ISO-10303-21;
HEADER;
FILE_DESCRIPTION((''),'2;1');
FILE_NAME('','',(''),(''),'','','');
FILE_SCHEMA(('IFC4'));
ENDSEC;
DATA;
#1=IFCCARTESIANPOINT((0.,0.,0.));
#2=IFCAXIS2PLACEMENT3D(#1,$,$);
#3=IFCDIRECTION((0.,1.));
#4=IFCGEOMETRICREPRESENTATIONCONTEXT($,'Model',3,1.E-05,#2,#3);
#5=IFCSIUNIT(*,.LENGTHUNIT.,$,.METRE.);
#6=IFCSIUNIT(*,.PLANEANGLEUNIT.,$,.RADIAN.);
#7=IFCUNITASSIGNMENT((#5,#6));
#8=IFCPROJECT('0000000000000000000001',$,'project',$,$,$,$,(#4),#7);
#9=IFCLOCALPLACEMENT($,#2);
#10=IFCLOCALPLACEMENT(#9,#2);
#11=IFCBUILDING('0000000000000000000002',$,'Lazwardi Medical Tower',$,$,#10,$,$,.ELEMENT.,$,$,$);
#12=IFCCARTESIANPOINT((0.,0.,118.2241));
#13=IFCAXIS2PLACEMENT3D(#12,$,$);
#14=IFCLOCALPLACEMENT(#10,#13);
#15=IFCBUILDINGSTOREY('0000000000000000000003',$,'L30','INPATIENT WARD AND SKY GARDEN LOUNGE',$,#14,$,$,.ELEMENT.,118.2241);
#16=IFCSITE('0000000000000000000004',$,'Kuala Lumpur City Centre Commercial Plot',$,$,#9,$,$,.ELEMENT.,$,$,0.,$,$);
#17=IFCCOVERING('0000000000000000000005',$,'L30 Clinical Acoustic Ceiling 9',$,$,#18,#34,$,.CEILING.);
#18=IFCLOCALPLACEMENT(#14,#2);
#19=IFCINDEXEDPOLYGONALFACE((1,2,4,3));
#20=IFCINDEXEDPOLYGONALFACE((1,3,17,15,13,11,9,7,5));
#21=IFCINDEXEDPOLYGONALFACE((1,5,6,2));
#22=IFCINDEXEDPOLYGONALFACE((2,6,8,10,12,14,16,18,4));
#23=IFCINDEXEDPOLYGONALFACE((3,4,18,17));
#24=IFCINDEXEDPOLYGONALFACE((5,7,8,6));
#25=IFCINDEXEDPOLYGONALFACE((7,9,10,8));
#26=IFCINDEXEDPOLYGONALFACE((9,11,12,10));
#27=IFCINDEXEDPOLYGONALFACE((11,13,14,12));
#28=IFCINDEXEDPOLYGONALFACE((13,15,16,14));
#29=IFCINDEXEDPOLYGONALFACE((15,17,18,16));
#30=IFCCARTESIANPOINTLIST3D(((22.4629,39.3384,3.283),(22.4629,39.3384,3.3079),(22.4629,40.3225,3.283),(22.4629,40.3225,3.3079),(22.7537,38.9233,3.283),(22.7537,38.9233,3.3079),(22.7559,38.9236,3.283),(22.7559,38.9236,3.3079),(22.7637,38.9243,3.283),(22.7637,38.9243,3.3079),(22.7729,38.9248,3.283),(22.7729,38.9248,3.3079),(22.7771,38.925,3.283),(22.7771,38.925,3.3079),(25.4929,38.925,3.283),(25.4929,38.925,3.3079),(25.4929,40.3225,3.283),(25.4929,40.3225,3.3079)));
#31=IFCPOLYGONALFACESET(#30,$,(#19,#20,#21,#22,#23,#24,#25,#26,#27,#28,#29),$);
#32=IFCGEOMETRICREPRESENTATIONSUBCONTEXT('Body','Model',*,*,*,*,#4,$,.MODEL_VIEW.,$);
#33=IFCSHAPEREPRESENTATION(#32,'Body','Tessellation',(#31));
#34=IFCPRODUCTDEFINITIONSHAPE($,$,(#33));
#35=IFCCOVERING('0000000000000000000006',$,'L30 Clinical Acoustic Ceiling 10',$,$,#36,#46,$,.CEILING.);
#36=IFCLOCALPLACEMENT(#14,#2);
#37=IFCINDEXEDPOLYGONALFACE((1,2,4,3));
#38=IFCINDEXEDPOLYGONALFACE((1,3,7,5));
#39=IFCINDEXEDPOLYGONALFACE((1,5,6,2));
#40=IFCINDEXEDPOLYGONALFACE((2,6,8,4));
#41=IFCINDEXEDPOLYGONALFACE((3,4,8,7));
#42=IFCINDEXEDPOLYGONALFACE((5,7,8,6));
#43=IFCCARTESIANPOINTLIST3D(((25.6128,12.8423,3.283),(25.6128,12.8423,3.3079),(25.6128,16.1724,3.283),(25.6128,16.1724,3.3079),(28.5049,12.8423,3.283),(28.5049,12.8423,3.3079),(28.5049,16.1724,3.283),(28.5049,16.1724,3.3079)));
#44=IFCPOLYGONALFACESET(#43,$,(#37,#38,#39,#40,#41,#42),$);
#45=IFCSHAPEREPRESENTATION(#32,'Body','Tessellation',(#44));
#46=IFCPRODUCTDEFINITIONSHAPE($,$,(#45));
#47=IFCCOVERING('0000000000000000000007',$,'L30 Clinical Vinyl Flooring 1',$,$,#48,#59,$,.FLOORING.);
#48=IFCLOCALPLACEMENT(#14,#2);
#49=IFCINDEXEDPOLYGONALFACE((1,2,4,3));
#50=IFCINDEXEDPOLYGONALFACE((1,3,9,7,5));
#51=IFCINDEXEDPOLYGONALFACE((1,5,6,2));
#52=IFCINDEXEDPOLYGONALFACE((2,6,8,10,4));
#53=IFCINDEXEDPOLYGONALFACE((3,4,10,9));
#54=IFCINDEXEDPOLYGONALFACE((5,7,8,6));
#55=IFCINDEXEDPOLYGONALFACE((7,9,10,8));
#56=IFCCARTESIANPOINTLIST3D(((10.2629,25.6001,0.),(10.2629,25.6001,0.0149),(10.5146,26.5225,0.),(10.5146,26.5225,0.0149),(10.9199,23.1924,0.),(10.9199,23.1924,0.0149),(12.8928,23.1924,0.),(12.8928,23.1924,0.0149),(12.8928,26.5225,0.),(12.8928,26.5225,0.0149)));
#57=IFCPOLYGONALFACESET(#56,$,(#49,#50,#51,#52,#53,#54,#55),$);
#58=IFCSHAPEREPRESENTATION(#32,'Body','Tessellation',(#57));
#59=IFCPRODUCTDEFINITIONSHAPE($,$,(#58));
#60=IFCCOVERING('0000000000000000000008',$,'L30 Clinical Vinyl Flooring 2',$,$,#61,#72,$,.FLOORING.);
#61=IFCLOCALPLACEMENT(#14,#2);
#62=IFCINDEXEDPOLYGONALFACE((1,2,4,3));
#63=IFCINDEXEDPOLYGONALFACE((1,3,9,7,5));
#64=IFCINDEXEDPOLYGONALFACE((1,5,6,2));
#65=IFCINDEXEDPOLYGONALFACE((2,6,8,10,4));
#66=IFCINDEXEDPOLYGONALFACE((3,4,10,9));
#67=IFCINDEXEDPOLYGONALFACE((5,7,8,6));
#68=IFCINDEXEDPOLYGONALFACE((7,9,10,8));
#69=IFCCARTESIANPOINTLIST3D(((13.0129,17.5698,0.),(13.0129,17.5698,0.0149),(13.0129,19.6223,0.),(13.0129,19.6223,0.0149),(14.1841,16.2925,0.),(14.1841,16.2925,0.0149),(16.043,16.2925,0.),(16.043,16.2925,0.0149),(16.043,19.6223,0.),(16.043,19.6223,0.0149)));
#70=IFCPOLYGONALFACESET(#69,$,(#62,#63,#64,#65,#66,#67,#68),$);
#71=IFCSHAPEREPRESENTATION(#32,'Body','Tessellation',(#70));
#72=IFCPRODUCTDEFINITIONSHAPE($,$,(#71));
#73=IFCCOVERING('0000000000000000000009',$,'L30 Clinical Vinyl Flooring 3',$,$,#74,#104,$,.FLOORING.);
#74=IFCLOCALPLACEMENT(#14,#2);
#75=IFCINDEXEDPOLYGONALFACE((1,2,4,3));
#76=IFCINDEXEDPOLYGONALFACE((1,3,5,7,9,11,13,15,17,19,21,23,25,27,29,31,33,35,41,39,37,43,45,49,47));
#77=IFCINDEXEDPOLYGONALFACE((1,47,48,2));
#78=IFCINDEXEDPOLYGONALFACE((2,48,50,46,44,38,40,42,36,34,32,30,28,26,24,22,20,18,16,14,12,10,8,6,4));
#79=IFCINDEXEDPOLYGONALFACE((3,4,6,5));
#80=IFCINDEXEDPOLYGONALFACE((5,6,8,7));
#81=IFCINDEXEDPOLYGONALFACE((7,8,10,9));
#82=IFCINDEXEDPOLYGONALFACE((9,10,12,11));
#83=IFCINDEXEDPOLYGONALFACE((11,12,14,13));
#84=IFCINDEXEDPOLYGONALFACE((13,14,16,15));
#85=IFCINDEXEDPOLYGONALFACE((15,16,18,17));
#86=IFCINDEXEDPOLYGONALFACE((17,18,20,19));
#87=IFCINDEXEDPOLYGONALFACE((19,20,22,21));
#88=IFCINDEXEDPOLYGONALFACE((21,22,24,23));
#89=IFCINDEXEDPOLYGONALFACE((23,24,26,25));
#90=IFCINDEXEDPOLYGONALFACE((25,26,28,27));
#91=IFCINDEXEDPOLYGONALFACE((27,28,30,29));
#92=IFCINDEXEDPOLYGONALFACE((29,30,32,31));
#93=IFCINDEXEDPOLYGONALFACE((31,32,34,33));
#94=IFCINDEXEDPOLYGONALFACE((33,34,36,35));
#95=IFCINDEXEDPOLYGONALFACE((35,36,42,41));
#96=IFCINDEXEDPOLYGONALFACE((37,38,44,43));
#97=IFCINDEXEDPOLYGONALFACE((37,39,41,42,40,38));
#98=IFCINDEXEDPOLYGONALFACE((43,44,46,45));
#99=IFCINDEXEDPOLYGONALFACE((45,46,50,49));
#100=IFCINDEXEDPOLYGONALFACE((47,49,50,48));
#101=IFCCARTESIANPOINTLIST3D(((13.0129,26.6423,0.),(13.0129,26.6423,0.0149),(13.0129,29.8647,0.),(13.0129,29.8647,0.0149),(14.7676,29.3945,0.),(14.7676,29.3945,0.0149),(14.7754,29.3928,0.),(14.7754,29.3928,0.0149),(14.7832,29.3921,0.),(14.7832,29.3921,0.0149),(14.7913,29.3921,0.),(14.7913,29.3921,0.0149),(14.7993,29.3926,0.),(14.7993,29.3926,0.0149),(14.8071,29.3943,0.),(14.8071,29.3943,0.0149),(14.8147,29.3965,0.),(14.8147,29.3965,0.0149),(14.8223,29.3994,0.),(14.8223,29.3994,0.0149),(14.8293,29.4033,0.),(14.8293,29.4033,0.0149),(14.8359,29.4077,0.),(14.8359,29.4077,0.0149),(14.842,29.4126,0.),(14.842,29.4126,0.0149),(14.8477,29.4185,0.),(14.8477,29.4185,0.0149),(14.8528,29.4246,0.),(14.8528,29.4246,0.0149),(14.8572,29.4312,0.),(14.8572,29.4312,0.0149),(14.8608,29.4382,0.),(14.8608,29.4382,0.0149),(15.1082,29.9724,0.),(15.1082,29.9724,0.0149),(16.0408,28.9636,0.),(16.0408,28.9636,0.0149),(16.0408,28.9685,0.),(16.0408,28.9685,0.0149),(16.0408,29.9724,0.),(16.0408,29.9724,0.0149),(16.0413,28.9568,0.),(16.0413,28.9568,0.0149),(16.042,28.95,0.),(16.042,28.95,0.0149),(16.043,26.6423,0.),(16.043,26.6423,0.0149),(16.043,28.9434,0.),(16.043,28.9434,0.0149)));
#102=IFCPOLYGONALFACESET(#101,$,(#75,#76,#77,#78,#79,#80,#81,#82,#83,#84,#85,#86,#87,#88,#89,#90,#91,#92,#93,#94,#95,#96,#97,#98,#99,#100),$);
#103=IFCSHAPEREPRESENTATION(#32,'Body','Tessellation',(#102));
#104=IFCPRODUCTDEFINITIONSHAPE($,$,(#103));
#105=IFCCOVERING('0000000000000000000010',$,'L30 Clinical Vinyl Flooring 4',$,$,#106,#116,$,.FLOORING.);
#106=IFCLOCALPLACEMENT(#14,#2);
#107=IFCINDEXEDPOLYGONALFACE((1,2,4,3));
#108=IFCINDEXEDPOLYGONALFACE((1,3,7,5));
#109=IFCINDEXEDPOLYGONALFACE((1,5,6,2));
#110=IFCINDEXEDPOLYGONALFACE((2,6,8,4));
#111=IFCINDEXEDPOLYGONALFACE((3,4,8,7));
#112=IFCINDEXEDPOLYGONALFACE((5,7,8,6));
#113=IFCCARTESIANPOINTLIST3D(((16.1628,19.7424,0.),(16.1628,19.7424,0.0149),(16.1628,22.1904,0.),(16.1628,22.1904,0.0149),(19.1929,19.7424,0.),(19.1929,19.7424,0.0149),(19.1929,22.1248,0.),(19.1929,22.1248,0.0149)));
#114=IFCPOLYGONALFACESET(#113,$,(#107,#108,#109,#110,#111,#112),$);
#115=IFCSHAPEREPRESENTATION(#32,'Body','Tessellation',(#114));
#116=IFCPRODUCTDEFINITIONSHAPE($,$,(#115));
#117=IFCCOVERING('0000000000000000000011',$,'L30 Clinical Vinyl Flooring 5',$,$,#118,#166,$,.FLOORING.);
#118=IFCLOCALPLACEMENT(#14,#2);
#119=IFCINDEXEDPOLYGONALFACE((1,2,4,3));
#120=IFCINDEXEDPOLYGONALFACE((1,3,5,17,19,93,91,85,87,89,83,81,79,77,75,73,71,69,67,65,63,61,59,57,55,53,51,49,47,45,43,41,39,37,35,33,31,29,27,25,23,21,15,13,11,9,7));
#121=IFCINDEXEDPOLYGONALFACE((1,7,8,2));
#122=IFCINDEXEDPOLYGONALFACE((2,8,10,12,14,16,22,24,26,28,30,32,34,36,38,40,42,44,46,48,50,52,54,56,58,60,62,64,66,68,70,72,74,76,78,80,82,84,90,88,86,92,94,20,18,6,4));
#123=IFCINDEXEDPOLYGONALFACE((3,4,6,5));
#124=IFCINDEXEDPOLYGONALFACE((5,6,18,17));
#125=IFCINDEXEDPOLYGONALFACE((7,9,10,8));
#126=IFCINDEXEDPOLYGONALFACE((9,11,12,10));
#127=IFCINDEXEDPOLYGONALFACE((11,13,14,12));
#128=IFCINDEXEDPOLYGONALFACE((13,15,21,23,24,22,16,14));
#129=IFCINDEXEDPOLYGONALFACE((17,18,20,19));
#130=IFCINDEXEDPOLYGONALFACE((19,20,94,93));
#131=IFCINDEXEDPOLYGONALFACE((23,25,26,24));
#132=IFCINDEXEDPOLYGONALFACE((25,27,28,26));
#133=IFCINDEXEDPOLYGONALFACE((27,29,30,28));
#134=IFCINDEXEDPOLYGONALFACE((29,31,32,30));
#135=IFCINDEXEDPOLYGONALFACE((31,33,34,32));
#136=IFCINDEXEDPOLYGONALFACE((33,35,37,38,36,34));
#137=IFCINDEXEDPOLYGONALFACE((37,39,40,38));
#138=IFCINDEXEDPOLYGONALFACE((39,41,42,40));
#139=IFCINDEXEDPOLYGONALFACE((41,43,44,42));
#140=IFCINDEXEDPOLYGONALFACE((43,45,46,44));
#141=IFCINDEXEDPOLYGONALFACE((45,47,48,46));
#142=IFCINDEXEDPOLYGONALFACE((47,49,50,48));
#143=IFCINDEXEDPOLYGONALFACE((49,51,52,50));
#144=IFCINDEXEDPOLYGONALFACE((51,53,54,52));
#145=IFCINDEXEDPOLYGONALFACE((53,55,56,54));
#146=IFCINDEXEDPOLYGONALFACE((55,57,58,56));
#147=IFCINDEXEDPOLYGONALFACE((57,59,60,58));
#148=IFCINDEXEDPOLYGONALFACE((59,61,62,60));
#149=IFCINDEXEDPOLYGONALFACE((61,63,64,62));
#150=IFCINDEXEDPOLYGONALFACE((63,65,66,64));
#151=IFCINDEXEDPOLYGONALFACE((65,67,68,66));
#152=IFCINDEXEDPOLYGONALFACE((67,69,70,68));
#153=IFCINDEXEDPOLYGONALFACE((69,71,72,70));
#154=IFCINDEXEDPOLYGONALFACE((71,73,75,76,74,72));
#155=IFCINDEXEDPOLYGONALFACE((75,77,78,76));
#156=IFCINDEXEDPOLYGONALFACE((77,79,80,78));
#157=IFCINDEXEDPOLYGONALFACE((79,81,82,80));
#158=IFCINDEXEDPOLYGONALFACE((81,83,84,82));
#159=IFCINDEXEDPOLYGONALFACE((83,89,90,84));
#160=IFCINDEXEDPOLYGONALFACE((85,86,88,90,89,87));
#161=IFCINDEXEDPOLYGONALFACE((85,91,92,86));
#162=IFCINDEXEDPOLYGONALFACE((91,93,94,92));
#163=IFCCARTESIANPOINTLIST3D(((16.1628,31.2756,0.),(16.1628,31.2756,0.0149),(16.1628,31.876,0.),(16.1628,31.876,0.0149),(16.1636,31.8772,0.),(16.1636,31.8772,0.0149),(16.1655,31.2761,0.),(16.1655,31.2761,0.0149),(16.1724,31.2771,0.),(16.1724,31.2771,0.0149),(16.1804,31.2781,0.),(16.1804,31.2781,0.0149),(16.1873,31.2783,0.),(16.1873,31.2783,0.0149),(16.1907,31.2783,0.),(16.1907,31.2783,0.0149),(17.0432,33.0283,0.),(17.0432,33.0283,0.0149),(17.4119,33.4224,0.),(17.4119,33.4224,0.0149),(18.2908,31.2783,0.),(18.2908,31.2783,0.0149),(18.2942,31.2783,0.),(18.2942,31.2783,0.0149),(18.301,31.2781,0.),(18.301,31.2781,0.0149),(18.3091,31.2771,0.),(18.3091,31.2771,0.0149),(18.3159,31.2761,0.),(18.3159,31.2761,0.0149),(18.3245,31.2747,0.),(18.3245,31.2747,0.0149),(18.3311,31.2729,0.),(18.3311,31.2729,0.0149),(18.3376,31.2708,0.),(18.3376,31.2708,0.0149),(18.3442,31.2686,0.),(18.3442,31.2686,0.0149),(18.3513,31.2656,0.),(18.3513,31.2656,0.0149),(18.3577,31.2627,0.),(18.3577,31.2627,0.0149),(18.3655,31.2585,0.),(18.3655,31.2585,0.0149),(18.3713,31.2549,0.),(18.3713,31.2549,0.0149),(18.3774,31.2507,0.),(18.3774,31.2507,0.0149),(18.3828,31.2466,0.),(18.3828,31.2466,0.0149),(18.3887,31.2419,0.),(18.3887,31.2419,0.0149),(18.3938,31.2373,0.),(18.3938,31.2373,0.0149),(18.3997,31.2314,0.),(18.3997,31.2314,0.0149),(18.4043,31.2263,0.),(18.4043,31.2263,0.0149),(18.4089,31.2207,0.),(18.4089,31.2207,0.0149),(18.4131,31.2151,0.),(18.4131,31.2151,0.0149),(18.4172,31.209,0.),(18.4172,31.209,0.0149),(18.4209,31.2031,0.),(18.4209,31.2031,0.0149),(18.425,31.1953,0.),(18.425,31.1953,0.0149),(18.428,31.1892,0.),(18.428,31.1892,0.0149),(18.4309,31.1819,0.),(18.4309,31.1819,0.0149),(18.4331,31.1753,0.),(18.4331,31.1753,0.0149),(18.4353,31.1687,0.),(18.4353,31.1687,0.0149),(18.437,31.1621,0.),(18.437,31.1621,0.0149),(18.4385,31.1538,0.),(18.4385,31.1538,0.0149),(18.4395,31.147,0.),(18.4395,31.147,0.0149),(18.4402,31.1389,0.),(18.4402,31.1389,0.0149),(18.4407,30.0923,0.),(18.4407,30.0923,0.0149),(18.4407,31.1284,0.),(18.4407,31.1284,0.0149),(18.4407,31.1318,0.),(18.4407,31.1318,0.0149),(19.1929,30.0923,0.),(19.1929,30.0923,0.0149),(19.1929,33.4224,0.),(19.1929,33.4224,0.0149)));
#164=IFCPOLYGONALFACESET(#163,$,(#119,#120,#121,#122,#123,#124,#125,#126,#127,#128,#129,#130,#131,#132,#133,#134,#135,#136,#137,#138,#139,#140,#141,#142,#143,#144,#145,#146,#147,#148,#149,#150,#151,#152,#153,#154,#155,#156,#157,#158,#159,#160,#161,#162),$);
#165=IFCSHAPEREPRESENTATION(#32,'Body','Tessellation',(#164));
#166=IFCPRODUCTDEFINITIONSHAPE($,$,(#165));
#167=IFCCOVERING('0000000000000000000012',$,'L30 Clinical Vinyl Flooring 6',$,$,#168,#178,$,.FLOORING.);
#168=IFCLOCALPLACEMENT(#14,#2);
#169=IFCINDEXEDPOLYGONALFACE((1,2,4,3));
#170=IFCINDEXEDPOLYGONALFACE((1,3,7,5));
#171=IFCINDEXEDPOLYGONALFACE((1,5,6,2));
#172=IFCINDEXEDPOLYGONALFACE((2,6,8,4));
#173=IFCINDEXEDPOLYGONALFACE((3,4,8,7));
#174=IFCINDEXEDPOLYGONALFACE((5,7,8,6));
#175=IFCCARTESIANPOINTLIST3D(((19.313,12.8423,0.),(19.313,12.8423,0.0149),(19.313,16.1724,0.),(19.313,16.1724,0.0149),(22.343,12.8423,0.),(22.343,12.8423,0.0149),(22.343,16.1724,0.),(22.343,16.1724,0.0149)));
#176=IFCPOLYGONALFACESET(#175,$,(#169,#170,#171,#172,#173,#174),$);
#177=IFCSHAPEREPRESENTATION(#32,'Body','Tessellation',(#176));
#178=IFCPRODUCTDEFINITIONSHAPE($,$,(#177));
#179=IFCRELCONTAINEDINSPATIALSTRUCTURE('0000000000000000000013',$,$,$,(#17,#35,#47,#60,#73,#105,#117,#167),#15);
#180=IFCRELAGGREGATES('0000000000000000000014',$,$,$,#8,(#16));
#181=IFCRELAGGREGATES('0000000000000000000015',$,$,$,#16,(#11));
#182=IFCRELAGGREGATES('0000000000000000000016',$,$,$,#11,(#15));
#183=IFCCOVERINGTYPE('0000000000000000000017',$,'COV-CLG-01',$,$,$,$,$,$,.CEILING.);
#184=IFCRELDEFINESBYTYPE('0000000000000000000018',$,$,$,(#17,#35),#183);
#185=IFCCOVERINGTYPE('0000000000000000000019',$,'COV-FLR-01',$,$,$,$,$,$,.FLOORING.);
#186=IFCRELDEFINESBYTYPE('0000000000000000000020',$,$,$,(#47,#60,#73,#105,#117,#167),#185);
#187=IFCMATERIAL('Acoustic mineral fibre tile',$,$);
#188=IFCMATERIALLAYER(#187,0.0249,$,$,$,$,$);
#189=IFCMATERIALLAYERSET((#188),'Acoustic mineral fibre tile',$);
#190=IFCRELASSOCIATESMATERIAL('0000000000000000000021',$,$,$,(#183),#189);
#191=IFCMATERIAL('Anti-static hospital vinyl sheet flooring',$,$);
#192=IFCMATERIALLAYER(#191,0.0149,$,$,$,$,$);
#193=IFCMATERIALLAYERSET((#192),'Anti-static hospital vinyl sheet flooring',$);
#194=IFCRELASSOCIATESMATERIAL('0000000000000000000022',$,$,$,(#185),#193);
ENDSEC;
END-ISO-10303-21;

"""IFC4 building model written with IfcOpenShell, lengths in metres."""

from ifc_helpers import new_model, si_unit, direction, frame, origin, place, context, subcontext, project, spatial, polyline, outline, extrude, material, layer, layer_set, type_object, element, save


model = new_model("IFC4")

# Units and contexts
model_context = context("Model", 3, precision=1e-05, world=origin(), true_north=direction((0.0, 1.0)))
body_context = subcontext(model_context, "Body", "Model", "MODEL_VIEW")
ifc_project = project(units=[si_unit("LENGTHUNIT", "METRE"), si_unit("PLANEANGLEUNIT", "RADIAN")], contexts=[model_context])

# Site, building, storey
site_placement = place(None, origin())
site = spatial("IfcSite", under=ifc_project, at=site_placement, Name="Kuala Lumpur City Centre Commercial Plot", CompositionType="ELEMENT", RefElevation=0.0)
building_placement = place(site_placement, origin())
building = spatial("IfcBuilding", under=site, at=building_placement, Name="Lazwardi Medical Tower", CompositionType="ELEMENT")
storey_placement = place(building_placement, frame((0.0, 0.0, 118.2241)))
storey = spatial("IfcBuildingStorey", under=building, at=storey_placement, Name="L30", Description="INPATIENT WARD AND SKY GARDEN LOUNGE", CompositionType="ELEMENT", Elevation=118.2241)

# Coverings
ifc_material_1 = material(Name="Acoustic mineral fibre tile")
ifc_layer_1 = layer(ifc_material_1, 0.0249)
ifc_layer_set_1 = layer_set([ifc_layer_1], Name="Acoustic mineral fibre tile")
covering_type_1 = type_object("IfcCoveringType", Name="COV-CLG-01", PredefinedType="CEILING", material=ifc_layer_set_1)
covering_1_placement = place(storey_placement, frame((0.0, 0.0, 3.283)))
element("IfcCovering", 1, at=covering_1_placement, inside=storey, type_object=covering_type_1, Name="L30 Clinical Acoustic Ceiling 9", PredefinedType="CEILING", context=body_context, shape_type="SweptSolid", body=[
    extrude(outline(polyline([(22.4629, 39.3384), (22.7537, 38.9233), (22.7559, 38.9236), (22.7637, 38.9243), (22.7729, 38.9248), (22.7771, 38.925), (25.4929, 38.925), (25.4929, 40.3225), (22.4629, 40.3225), (22.4629, 39.3384)])), origin(), (0.0, 0.0, 1.0), 0.0249),
])
covering_2_placement = place(storey_placement, frame((0.0, 0.0, 3.283)))
element("IfcCovering", 2, at=covering_2_placement, inside=storey, type_object=covering_type_1, Name="L30 Clinical Acoustic Ceiling 10", PredefinedType="CEILING", context=body_context, shape_type="SweptSolid", body=[
    extrude(outline(polyline([(28.5049, 12.8423), (28.5049, 16.1724), (25.6128, 16.1724), (25.6128, 12.8423), (28.5049, 12.8423)])), origin(), (0.0, 0.0, 1.0), 0.0249),
])
ifc_material_2 = material(Name="Anti-static hospital vinyl sheet flooring")
ifc_layer_2 = layer(ifc_material_2, 0.0149)
ifc_layer_set_2 = layer_set([ifc_layer_2], Name="Anti-static hospital vinyl sheet flooring")
covering_type_2 = type_object("IfcCoveringType", Name="COV-FLR-01", PredefinedType="FLOORING", material=ifc_layer_set_2)
covering_3_placement = place(storey_placement, origin())
element("IfcCovering", 3, at=covering_3_placement, inside=storey, type_object=covering_type_2, Name="L30 Clinical Vinyl Flooring 1", PredefinedType="FLOORING", context=body_context, shape_type="SweptSolid", body=[
    extrude(outline(polyline([(10.5146, 26.5225), (10.2629, 25.6001), (10.9199, 23.1924), (12.8928, 23.1924), (12.8928, 26.5225), (10.5146, 26.5225)])), origin(), (0.0, 0.0, 1.0), 0.0149),
])
covering_4_placement = place(storey_placement, origin())
element("IfcCovering", 4, at=covering_4_placement, inside=storey, type_object=covering_type_2, Name="L30 Clinical Vinyl Flooring 2", PredefinedType="FLOORING", context=body_context, shape_type="SweptSolid", body=[
    extrude(outline(polyline([(13.0129, 17.5698), (14.1841, 16.2925), (16.043, 16.2925), (16.043, 19.6223), (13.0129, 19.6223), (13.0129, 17.5698)])), origin(), (0.0, 0.0, 1.0), 0.0149),
])
covering_5_placement = place(storey_placement, origin())
element("IfcCovering", 5, at=covering_5_placement, inside=storey, type_object=covering_type_2, Name="L30 Clinical Vinyl Flooring 3", PredefinedType="FLOORING", context=body_context, shape_type="SweptSolid", body=[
    extrude(outline(polyline([(16.043, 28.9434), (16.042, 28.95), (16.0413, 28.9568), (16.0408, 28.9636), (16.0408, 28.9685), (16.0408, 29.9724), (15.1082, 29.9724), (14.8608, 29.4382), (14.8572, 29.4312), (14.8528, 29.4246), (14.8477, 29.4185), (14.842, 29.4126), (14.8359, 29.4077), (14.8293, 29.4033), (14.8223, 29.3994), (14.8147, 29.3965), (14.8071, 29.3943), (14.7993, 29.3926), (14.7913, 29.3921), (14.7832, 29.3921), (14.7754, 29.3928), (14.7676, 29.3945), (13.0129, 29.8647), (13.0129, 26.6423), (16.043, 26.6423), (16.043, 28.9434)])), origin(), (0.0, 0.0, 1.0), 0.0149),
])
covering_6_placement = place(storey_placement, origin())
element("IfcCovering", 6, at=covering_6_placement, inside=storey, type_object=covering_type_2, Name="L30 Clinical Vinyl Flooring 4", PredefinedType="FLOORING", context=body_context, shape_type="SweptSolid", body=[
    extrude(outline(polyline([(19.1929, 22.1248), (16.1628, 22.1904), (16.1628, 19.7424), (19.1929, 19.7424), (19.1929, 22.1248)])), origin(), (0.0, 0.0, 1.0), 0.0149),
])
covering_7_placement = place(storey_placement, origin())
element("IfcCovering", 7, at=covering_7_placement, inside=storey, type_object=covering_type_2, Name="L30 Clinical Vinyl Flooring 5", PredefinedType="FLOORING", context=body_context, shape_type="SweptSolid", body=[
    extrude(outline(polyline([(17.4119, 33.4224), (17.0432, 33.0283), (16.1636, 31.8772), (16.1628, 31.876), (16.1628, 31.2756), (16.1655, 31.2761), (16.1724, 31.2771), (16.1804, 31.2781), (16.1873, 31.2783), (16.1907, 31.2783), (18.2908, 31.2783), (18.2942, 31.2783), (18.301, 31.2781), (18.3091, 31.2771), (18.3159, 31.2761), (18.3245, 31.2747), (18.3311, 31.2729), (18.3376, 31.2708), (18.3442, 31.2686), (18.3513, 31.2656), (18.3577, 31.2627), (18.3655, 31.2585), (18.3713, 31.2549), (18.3774, 31.2507), (18.3828, 31.2466), (18.3887, 31.2419), (18.3938, 31.2373), (18.3997, 31.2314), (18.4043, 31.2263), (18.4089, 31.2207), (18.4131, 31.2151), (18.4172, 31.209), (18.4209, 31.2031), (18.425, 31.1953), (18.428, 31.1892), (18.4309, 31.1819), (18.4331, 31.1753), (18.4353, 31.1687), (18.437, 31.1621), (18.4385, 31.1538), (18.4395, 31.147), (18.4402, 31.1389), (18.4407, 31.1318), (18.4407, 31.1284), (18.4407, 30.0923), (19.1929, 30.0923), (19.1929, 33.4224), (17.4119, 33.4224)])), origin(), (0.0, 0.0, 1.0), 0.0149),
])
covering_8_placement = place(storey_placement, origin())
element("IfcCovering", 8, at=covering_8_placement, inside=storey, type_object=covering_type_2, Name="L30 Clinical Vinyl Flooring 6", PredefinedType="FLOORING", context=body_context, shape_type="SweptSolid", body=[
    extrude(outline(polyline([(22.343, 12.8423), (22.343, 16.1724), (19.313, 16.1724), (19.313, 12.8423), (22.343, 12.8423)])), origin(), (0.0, 0.0, 1.0), 0.0149),
])

save(model, "model.ifc")
